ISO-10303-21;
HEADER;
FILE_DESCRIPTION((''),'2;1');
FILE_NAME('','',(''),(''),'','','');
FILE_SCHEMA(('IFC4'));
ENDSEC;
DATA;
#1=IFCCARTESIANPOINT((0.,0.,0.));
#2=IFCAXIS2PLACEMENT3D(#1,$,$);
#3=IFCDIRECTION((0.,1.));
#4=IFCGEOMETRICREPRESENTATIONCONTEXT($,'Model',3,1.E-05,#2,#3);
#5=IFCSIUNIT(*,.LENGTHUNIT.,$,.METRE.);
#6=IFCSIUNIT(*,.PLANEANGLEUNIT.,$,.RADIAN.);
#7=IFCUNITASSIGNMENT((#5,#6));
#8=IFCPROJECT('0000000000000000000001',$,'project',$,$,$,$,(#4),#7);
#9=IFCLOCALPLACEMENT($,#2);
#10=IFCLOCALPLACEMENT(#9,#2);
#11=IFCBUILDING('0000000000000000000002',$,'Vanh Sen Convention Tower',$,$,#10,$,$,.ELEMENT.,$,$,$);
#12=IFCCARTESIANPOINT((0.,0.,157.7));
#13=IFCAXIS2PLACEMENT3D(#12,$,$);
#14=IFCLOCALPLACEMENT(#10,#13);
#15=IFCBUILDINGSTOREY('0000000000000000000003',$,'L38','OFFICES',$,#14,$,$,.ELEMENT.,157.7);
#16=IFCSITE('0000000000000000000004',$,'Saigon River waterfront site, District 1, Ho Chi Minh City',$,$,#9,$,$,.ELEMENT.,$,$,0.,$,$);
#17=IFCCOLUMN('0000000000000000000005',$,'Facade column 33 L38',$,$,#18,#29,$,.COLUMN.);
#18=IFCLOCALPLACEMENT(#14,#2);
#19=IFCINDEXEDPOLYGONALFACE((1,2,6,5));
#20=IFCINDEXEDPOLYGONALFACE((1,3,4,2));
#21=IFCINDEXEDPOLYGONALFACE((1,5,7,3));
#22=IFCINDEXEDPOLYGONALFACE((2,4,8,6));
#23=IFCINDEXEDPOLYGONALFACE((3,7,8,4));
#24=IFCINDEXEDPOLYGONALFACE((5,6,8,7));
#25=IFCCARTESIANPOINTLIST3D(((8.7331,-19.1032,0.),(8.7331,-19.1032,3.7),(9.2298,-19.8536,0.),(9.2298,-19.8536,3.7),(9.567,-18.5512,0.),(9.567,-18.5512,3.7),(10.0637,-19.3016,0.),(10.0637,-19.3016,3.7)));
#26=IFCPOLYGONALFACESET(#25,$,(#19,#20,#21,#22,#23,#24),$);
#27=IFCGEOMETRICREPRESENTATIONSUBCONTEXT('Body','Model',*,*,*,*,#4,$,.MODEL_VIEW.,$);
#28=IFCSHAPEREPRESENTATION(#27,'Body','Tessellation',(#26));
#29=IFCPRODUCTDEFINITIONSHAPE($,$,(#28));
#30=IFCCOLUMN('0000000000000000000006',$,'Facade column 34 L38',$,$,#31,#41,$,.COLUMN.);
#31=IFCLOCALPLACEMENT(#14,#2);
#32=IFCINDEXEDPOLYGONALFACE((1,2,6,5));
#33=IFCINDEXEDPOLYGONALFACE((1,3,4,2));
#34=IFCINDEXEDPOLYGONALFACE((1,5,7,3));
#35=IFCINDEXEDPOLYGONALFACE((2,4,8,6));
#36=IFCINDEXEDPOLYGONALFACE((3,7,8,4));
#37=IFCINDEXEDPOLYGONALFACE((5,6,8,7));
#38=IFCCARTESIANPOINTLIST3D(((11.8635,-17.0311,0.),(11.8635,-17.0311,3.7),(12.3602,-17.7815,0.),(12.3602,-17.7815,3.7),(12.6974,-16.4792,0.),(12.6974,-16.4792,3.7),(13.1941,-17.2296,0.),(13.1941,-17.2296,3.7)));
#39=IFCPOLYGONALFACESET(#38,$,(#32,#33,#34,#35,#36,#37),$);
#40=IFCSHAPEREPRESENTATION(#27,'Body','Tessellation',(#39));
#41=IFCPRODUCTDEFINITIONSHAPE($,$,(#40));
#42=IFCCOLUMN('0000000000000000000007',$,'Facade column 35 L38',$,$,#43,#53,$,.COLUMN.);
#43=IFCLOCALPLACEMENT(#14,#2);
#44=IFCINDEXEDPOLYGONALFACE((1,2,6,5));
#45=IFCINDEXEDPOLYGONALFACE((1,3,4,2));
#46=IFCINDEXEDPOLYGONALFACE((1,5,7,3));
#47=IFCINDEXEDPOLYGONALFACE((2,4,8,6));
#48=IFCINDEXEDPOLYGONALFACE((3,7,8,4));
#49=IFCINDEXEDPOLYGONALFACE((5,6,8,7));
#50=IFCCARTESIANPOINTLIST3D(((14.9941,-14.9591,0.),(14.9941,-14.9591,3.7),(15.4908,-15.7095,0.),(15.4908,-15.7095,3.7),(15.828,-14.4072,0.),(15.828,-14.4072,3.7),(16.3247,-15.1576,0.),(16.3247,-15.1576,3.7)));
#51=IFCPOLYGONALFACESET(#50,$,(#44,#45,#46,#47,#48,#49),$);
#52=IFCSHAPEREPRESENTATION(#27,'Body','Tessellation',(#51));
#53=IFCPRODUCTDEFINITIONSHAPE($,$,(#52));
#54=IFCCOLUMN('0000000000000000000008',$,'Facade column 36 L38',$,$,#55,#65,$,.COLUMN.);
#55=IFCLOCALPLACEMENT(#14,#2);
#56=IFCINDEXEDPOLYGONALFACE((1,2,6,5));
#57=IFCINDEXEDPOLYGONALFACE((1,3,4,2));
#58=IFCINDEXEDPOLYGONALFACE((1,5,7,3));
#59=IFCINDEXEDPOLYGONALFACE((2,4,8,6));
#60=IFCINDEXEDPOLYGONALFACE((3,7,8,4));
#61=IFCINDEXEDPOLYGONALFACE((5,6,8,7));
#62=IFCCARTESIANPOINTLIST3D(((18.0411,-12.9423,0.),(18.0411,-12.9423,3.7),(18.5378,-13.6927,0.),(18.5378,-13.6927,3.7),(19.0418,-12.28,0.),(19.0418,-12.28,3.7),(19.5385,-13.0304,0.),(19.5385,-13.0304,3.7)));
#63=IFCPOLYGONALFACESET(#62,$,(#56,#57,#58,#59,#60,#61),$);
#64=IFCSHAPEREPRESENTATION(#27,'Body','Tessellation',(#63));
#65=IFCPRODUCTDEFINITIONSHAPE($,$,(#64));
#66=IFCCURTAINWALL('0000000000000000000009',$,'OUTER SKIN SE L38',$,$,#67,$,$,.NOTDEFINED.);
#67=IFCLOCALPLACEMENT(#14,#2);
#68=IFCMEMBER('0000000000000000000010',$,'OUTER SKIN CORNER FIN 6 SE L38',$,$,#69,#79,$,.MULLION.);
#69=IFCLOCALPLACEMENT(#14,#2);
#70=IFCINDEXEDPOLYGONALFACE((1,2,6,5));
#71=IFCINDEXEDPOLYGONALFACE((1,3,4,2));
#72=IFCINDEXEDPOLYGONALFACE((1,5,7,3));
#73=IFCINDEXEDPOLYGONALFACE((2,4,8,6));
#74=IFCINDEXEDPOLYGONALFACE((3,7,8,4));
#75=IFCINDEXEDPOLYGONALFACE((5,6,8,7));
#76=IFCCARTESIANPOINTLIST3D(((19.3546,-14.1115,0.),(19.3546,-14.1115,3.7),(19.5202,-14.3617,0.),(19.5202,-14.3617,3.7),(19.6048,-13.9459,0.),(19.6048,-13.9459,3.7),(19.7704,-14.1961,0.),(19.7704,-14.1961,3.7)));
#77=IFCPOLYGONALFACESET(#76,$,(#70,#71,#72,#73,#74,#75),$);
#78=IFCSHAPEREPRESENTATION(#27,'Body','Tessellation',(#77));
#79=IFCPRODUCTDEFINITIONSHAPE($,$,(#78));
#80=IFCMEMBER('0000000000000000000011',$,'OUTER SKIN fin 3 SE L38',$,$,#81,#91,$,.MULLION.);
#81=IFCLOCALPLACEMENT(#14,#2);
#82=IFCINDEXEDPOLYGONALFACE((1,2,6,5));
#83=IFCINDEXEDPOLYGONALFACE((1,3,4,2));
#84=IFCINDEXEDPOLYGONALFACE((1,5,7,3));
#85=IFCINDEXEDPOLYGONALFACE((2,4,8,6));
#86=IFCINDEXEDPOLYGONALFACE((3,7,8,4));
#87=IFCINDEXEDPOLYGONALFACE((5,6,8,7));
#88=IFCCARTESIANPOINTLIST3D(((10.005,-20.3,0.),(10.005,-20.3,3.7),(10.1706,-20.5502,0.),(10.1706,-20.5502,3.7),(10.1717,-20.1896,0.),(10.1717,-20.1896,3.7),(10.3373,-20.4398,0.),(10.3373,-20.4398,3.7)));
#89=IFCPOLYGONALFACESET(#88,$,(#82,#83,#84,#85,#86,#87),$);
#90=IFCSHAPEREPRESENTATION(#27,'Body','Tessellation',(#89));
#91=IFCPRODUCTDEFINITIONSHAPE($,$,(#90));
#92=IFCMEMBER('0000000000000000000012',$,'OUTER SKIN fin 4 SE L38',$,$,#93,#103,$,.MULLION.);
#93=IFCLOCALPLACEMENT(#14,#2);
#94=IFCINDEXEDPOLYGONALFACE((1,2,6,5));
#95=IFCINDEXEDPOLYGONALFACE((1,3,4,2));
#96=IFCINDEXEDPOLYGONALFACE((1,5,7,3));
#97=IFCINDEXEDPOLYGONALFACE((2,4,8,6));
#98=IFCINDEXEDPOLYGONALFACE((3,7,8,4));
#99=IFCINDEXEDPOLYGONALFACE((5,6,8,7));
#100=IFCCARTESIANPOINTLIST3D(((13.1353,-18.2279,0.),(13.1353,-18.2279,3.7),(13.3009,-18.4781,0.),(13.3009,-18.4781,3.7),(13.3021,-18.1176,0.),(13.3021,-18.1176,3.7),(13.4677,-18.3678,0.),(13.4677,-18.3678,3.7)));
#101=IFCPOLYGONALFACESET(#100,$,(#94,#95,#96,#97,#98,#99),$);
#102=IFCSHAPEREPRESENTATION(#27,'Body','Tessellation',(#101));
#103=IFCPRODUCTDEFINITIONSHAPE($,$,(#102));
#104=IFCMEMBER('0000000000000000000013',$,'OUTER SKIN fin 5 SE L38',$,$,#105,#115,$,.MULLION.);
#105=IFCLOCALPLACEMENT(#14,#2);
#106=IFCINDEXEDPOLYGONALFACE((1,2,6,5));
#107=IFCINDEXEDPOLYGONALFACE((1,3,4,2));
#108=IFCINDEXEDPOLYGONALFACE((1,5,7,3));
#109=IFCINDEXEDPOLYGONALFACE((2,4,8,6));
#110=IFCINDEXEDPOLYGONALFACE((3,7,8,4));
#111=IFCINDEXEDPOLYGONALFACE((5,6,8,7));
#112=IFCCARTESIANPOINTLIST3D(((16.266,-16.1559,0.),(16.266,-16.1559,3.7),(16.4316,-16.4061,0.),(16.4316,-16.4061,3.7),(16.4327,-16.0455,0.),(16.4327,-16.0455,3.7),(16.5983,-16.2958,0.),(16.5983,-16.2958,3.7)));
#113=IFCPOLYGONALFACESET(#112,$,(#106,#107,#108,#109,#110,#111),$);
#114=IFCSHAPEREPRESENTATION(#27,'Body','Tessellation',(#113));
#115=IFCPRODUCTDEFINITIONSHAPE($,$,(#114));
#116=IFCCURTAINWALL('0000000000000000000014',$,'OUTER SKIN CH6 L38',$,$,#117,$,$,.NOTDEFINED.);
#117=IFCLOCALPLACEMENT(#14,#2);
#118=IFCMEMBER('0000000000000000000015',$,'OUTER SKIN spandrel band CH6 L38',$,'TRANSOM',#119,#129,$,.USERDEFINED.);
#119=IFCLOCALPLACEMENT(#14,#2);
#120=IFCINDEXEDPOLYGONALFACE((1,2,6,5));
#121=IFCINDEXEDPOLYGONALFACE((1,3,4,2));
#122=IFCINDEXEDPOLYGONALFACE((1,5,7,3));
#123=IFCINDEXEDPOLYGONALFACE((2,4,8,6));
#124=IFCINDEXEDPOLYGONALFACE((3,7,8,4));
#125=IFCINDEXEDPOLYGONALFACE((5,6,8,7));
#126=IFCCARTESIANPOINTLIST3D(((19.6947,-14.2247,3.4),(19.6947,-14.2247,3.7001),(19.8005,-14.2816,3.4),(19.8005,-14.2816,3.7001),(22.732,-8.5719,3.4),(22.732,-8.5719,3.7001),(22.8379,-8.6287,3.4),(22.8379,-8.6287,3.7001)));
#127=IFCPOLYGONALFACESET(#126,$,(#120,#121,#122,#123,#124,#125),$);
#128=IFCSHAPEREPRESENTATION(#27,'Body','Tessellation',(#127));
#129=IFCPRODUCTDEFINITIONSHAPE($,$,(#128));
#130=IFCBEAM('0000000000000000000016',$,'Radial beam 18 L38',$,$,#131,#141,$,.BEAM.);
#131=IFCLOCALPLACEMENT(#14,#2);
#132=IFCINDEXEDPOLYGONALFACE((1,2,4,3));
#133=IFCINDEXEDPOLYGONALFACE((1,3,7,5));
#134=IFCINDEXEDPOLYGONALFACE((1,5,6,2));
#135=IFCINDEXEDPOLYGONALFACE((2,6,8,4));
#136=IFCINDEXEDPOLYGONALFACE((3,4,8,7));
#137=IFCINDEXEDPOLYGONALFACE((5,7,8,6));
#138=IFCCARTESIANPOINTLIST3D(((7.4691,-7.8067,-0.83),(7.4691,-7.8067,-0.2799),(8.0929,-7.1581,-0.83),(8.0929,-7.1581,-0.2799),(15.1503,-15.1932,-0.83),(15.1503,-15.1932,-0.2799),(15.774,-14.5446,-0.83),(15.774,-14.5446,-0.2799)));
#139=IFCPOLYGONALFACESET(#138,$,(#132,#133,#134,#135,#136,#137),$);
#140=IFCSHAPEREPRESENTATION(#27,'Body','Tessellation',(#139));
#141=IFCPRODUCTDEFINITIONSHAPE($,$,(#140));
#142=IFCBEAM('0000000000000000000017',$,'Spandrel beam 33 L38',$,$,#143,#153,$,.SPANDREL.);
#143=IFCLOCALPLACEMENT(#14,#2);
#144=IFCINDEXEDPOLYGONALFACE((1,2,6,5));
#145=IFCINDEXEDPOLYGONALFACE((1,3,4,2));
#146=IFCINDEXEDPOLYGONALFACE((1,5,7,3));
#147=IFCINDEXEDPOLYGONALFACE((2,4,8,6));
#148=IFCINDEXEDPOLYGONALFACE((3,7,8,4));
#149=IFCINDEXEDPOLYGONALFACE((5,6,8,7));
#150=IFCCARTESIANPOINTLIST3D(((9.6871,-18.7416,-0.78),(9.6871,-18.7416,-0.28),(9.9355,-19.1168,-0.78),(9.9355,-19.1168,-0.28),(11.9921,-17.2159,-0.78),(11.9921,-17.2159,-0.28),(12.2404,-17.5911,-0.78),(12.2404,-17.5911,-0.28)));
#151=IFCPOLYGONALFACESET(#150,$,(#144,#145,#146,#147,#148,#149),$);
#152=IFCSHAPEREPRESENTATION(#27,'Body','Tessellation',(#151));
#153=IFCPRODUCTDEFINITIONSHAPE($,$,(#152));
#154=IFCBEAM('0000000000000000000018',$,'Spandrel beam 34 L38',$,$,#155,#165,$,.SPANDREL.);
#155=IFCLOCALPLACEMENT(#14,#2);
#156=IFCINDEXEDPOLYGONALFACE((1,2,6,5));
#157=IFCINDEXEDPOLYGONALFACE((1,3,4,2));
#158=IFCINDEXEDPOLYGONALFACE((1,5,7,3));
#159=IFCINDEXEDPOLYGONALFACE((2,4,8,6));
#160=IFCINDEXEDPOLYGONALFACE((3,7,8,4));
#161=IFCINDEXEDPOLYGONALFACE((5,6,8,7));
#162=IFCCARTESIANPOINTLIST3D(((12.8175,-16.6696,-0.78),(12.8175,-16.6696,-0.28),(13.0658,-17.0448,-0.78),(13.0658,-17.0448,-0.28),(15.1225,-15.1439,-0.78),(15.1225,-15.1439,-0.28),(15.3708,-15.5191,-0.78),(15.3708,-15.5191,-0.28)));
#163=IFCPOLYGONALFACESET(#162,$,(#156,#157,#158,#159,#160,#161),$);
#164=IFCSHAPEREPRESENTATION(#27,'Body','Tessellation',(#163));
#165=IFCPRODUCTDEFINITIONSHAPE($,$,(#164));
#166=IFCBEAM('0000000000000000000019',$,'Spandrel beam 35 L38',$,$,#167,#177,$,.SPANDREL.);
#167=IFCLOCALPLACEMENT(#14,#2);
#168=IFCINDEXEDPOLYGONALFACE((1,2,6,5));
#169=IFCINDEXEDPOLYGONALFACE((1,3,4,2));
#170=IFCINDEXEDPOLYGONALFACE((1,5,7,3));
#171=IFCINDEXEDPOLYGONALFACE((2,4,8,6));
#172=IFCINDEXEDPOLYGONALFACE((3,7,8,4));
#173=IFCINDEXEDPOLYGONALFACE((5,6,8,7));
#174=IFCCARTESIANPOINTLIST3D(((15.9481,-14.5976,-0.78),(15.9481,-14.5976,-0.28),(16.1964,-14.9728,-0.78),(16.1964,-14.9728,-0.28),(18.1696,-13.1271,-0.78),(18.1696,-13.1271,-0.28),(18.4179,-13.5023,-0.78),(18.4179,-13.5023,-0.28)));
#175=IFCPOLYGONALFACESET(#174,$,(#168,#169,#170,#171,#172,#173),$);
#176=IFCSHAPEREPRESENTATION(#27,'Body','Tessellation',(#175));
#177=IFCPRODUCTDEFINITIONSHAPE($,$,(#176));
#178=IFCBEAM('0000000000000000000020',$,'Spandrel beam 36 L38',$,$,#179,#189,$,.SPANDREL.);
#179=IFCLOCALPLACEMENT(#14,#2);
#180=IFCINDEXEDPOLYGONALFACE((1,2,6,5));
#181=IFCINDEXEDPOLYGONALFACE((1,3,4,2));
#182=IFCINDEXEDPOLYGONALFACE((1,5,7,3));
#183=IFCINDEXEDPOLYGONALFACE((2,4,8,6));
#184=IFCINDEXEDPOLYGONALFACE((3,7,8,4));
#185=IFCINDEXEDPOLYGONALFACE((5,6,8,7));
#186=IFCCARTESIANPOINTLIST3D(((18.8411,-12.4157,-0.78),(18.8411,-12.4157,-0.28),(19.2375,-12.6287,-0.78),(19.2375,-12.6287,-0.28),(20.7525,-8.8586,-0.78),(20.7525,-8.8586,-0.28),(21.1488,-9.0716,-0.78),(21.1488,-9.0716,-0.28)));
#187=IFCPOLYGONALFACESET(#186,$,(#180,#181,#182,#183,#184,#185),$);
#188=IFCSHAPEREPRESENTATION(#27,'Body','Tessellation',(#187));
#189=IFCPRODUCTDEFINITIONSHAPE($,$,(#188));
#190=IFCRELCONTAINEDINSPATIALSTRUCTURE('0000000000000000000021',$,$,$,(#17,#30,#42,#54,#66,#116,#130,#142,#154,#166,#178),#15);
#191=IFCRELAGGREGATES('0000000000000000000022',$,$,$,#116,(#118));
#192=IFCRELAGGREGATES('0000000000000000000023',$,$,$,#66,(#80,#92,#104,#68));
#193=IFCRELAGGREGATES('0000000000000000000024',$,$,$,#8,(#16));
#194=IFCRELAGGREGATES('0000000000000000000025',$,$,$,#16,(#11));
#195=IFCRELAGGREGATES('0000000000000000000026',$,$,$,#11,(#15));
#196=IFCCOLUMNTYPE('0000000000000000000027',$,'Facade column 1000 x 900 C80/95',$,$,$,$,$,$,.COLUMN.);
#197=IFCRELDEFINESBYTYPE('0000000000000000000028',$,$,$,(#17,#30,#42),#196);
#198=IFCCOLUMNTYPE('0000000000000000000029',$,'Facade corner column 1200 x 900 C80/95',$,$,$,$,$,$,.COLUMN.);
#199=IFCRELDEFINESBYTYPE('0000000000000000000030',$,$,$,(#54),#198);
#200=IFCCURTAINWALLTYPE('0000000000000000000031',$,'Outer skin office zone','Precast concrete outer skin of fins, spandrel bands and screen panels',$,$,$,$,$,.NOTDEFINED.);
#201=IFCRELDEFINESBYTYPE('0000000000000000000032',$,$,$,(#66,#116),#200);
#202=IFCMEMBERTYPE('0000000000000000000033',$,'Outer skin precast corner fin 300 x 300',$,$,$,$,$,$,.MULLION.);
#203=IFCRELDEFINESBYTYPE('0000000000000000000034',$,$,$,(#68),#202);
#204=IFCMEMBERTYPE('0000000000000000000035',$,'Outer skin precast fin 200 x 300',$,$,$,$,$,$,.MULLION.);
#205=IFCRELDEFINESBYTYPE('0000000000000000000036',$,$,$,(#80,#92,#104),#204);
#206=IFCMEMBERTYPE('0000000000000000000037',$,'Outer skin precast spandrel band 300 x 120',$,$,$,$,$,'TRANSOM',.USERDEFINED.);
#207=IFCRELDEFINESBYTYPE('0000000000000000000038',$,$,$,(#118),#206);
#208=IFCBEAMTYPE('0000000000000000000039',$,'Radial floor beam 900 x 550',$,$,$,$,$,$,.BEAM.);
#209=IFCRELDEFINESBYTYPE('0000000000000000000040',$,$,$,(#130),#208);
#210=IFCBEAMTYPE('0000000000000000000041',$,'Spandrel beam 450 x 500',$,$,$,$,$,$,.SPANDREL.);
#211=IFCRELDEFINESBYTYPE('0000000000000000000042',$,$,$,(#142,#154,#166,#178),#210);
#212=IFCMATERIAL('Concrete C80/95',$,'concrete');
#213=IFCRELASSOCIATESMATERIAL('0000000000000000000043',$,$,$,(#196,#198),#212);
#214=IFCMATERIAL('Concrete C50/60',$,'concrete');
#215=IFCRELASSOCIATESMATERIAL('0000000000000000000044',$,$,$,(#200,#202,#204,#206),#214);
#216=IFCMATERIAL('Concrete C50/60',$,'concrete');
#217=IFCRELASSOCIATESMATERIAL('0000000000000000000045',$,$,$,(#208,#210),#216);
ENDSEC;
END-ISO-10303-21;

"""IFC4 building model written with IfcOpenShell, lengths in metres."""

from ifc_helpers import new_model, si_unit, direction, frame, origin, origin_2d, place, context, subcontext, project, spatial, rectangle, extrude, material, material_profile, profile_set, type_object, element, aggregate, save


model = new_model("IFC4")

# Units and contexts
model_context = context("Model", 3, precision=1e-05, world=origin(), true_north=direction((0.0, 1.0)))
body_context = subcontext(model_context, "Body", "Model", "MODEL_VIEW")
ifc_project = project(units=[si_unit("LENGTHUNIT", "METRE"), si_unit("PLANEANGLEUNIT", "RADIAN")], contexts=[model_context])

# Site, building, storey
site_placement = place(None, origin())
site = spatial("IfcSite", under=ifc_project, at=site_placement, Name="Saigon River waterfront site, District 1, Ho Chi Minh City", CompositionType="ELEMENT", RefElevation=0.0)
building_placement = place(site_placement, origin())
building = spatial("IfcBuilding", under=site, at=building_placement, Name="Vanh Sen Convention Tower", CompositionType="ELEMENT")
storey_placement = place(building_placement, frame((0.0, 0.0, 157.7)))
storey = spatial("IfcBuildingStorey", under=building, at=storey_placement, Name="L38", Description="OFFICES", CompositionType="ELEMENT", Elevation=157.7)

# Columns
ifc_material_1 = material(Name="Concrete C80/95", Category="concrete")
ifc_material_profile_1 = material_profile(ifc_material_1, rectangle(XDim=1.0, YDim=0.8999, at=origin_2d()), Name="RC 1000X900")
ifc_profile_set_1 = profile_set([ifc_material_profile_1], Name="Concrete C80/95")
column_type_1 = type_object("IfcColumnType", Name="Facade column 1000 x 900 C80/95", PredefinedType="COLUMN", material=ifc_profile_set_1)
for number, where, z_axis, x_axis, name in (
    (1, (9.3984, -19.2024, 0.0), (0.0, 0.0, 1.0), (0.833886, 0.551937, 0.0), "Facade column 33 L38"),
    (2, (12.5288, -17.1304, 0.0), (0.0, 0.0, 1.0), (0.833886, 0.551937, 0.0), "Facade column 34 L38"),
    (3, (15.6594, -15.0583, 0.0), (0.0, 0.0, 1.0), (0.833886, 0.551937, 0.0), "Facade column 35 L38"),
):
    element("IfcColumn", number, at=place(storey_placement, frame(where, z_axis=z_axis, x_axis=x_axis)), inside=storey, type_object=column_type_1, Name=name, PredefinedType="COLUMN", context=body_context, shape_type="SweptSolid", body=[
        extrude(rectangle(XDim=1.0, YDim=0.8999, at=origin_2d()), origin(), (0.0, 0.0, 1.0), 3.7),
    ])
ifc_material_profile_2 = material_profile(ifc_material_1, rectangle(XDim=1.2, YDim=0.8999, at=origin_2d()), Name="RC 1200X900")
ifc_profile_set_2 = profile_set([ifc_material_profile_2], Name="Concrete C80/95")
column_type_2 = type_object("IfcColumnType", Name="Facade corner column 1200 x 900 C80/95", PredefinedType="COLUMN", material=ifc_profile_set_2)
column_placement = place(storey_placement, frame((18.7898, -12.9863, 0.0), z_axis=(0.0, 0.0, 1.0), x_axis=(0.833886, 0.551937, 0.0)))
element("IfcColumn", 4, at=column_placement, inside=storey, type_object=column_type_2, Name="Facade column 36 L38", PredefinedType="COLUMN", context=body_context, shape_type="SweptSolid", body=[
    extrude(rectangle(XDim=1.2, YDim=0.8999, at=origin_2d()), origin(), (0.0, 0.0, 1.0), 3.7),
])

# Curtain wall, members
ifc_material_2 = material(Name="Concrete C50/60", Category="concrete")
curtain_wall_type = type_object("IfcCurtainWallType", Name="Outer skin office zone", Description="Precast concrete outer skin of fins, spandrel bands and screen panels", PredefinedType="NOTDEFINED", material=ifc_material_2)
curtain_wall_1_placement = place(storey_placement, origin())
curtain_wall_1 = element("IfcCurtainWall", 5, at=curtain_wall_1_placement, inside=storey, type_object=curtain_wall_type, Name="OUTER SKIN SE L38", PredefinedType="NOTDEFINED")
ifc_material_profile_3 = material_profile(ifc_material_2, rectangle(XDim=0.3, YDim=0.3, at=origin_2d()), Name="Outer skin precast corner fin 300 x 300")
ifc_profile_set_3 = profile_set([ifc_material_profile_3], Name="Concrete C50/60")
member_type_1 = type_object("IfcMemberType", Name="Outer skin precast corner fin 300 x 300", PredefinedType="MULLION", material=ifc_profile_set_3)
member_1_placement = place(storey_placement, frame((19.5625, -14.1538, 0.0), z_axis=(0.0, 0.0, 1.0), x_axis=(0.833886, 0.551937, 0.0)))
member_1 = element("IfcMember", 6, at=member_1_placement, type_object=member_type_1, Name="OUTER SKIN CORNER FIN 6 SE L38", PredefinedType="MULLION", context=body_context, shape_type="SweptSolid", body=[
    extrude(rectangle(XDim=0.3, YDim=0.3, at=origin_2d()), origin(), (0.0, 0.0, 1.0), 3.7),
])
ifc_material_profile_4 = material_profile(ifc_material_2, rectangle(XDim=0.2, YDim=0.3, at=origin_2d()), Name="Outer skin precast fin 200 x 300")
ifc_profile_set_4 = profile_set([ifc_material_profile_4], Name="Concrete C50/60")
member_type_2 = type_object("IfcMemberType", Name="Outer skin precast fin 200 x 300", PredefinedType="MULLION", material=ifc_profile_set_4)
member_2_placement = place(storey_placement, frame((10.1711, -20.3699, 0.0), z_axis=(0.0, 0.0, 1.0), x_axis=(0.833886, 0.551937, 0.0)))
member_2 = element("IfcMember", 7, at=member_2_placement, type_object=member_type_2, Name="OUTER SKIN fin 3 SE L38", PredefinedType="MULLION", context=body_context, shape_type="SweptSolid", body=[
    extrude(rectangle(XDim=0.2, YDim=0.3, at=origin_2d()), origin(), (0.0, 0.0, 1.0), 3.7),
])
member_3_placement = place(storey_placement, frame((13.3015, -18.2979, 0.0), z_axis=(0.0, 0.0, 1.0), x_axis=(0.833886, 0.551937, 0.0)))
member_3 = element("IfcMember", 8, at=member_3_placement, type_object=member_type_2, Name="OUTER SKIN fin 4 SE L38", PredefinedType="MULLION", context=body_context, shape_type="SweptSolid", body=[
    extrude(rectangle(XDim=0.2, YDim=0.3, at=origin_2d()), origin(), (0.0, 0.0, 1.0), 3.7),
])
member_4_placement = place(storey_placement, frame((16.4321, -16.2258, 0.0), z_axis=(0.0, 0.0, 1.0), x_axis=(0.833886, 0.551937, 0.0)))
member_4 = element("IfcMember", 9, at=member_4_placement, type_object=member_type_2, Name="OUTER SKIN fin 5 SE L38", PredefinedType="MULLION", context=body_context, shape_type="SweptSolid", body=[
    extrude(rectangle(XDim=0.2, YDim=0.3, at=origin_2d()), origin(), (0.0, 0.0, 1.0), 3.7),
])

# Curtain wall, member
curtain_wall_2_placement = place(storey_placement, origin())
curtain_wall_2 = element("IfcCurtainWall", 10, at=curtain_wall_2_placement, inside=storey, type_object=curtain_wall_type, Name="OUTER SKIN CH6 L38", PredefinedType="NOTDEFINED")
ifc_material_profile_5 = material_profile(ifc_material_2, rectangle(XDim=0.1201, YDim=0.3, at=origin_2d()), Name="Outer skin precast spandrel band 300 x 120")
ifc_profile_set_5 = profile_set([ifc_material_profile_5], Name="Concrete C50/60")
member_type_3 = type_object("IfcMemberType", Name="Outer skin precast spandrel band 300 x 120", ElementType="TRANSOM", PredefinedType="USERDEFINED", material=ifc_profile_set_5)
member_5_placement = place(storey_placement, frame((19.7476, -14.2532, 3.55), z_axis=(0.473317, 0.880892, 0.0), x_axis=(-0.880892, 0.473317, 0.0)))
member_5 = element("IfcMember", 11, at=member_5_placement, type_object=member_type_3, Name="OUTER SKIN spandrel band CH6 L38", ObjectType="TRANSOM", PredefinedType="USERDEFINED", context=body_context, shape_type="SweptSolid", body=[
    extrude(rectangle(XDim=0.1201, YDim=0.3, at=origin_2d()), origin(), (0.0, 0.0, 1.0), 6.4172),
])
aggregate(curtain_wall_2, [member_5])

# Beams
ifc_material_3 = material(Name="Concrete C50/60", Category="concrete")
ifc_material_profile_6 = material_profile(ifc_material_3, rectangle(XDim=0.8999, YDim=0.55, at=origin_2d()), Name="RC 900X550")
ifc_profile_set_6 = profile_set([ifc_material_profile_6], Name="Concrete C50/60")
beam_type_1 = type_object("IfcBeamType", Name="Radial floor beam 900 x 550", PredefinedType="BEAM", material=ifc_profile_set_6)
beam_1_placement = place(storey_placement, frame((15.4622, -14.8689, -0.5549), z_axis=(-0.720798, 0.693145, 0.0), x_axis=(-0.693145, -0.720798, 0.0)))
element("IfcBeam", 12, at=beam_1_placement, inside=storey, type_object=beam_type_1, Name="Radial beam 18 L38", PredefinedType="BEAM", context=body_context, shape_type="SweptSolid", body=[
    extrude(rectangle(XDim=0.8999, YDim=0.55, at=origin_2d()), origin(), (0.0, 0.0, 1.0), 10.6565),
])
ifc_material_profile_7 = material_profile(ifc_material_3, rectangle(XDim=0.45, YDim=0.5, at=origin_2d()), Name="RC 450X500")
ifc_profile_set_7 = profile_set([ifc_material_profile_7], Name="Concrete C50/60")
beam_type_2 = type_object("IfcBeamType", Name="Spandrel beam 450 x 500", PredefinedType="SPANDREL", material=ifc_profile_set_7)
for number, where, z_axis, x_axis, name in (
    (13, (9.8113, -18.9292, -0.53), (0.83388, 0.551945, 0.0), (-0.551945, 0.83388, 0.0), "Spandrel beam 33 L38"),
    (14, (12.9417, -16.8572, -0.53), (0.83388, 0.551945, 0.0), (-0.551945, 0.83388, 0.0), "Spandrel beam 34 L38"),
):
    element("IfcBeam", number, at=place(storey_placement, frame(where, z_axis=z_axis, x_axis=x_axis)), inside=storey, type_object=beam_type_2, Name=name, PredefinedType="SPANDREL", context=body_context, shape_type="SweptSolid", body=[
        extrude(rectangle(XDim=0.45, YDim=0.5, at=origin_2d()), origin(), (0.0, 0.0, 1.0), 2.7642),
    ])
beam_2_placement = place(storey_placement, frame((16.0723, -14.7852, -0.53), z_axis=(0.833865, 0.551969, 0.0), x_axis=(-0.551969, 0.833865, 0.0)))
element("IfcBeam", 15, at=beam_2_placement, inside=storey, type_object=beam_type_2, Name="Spandrel beam 35 L38", PredefinedType="SPANDREL", context=body_context, shape_type="SweptSolid", body=[
    extrude(rectangle(XDim=0.45, YDim=0.5, at=origin_2d()), origin(), (0.0, 0.0, 1.0), 2.6641),
])
beam_3_placement = place(storey_placement, frame((19.0393, -12.5222, -0.53), z_axis=(0.473332, 0.880884, 0.0), x_axis=(-0.880884, 0.473332, 0.0)))
element("IfcBeam", 16, at=beam_3_placement, inside=storey, type_object=beam_type_2, Name="Spandrel beam 36 L38", PredefinedType="SPANDREL", context=body_context, shape_type="SweptSolid", body=[
    extrude(rectangle(XDim=0.45, YDim=0.5, at=origin_2d()), origin(), (0.0, 0.0, 1.0), 4.0381),
])

aggregate(curtain_wall_1, [member_2, member_3, member_4, member_1])

save(model, "model.ifc")
